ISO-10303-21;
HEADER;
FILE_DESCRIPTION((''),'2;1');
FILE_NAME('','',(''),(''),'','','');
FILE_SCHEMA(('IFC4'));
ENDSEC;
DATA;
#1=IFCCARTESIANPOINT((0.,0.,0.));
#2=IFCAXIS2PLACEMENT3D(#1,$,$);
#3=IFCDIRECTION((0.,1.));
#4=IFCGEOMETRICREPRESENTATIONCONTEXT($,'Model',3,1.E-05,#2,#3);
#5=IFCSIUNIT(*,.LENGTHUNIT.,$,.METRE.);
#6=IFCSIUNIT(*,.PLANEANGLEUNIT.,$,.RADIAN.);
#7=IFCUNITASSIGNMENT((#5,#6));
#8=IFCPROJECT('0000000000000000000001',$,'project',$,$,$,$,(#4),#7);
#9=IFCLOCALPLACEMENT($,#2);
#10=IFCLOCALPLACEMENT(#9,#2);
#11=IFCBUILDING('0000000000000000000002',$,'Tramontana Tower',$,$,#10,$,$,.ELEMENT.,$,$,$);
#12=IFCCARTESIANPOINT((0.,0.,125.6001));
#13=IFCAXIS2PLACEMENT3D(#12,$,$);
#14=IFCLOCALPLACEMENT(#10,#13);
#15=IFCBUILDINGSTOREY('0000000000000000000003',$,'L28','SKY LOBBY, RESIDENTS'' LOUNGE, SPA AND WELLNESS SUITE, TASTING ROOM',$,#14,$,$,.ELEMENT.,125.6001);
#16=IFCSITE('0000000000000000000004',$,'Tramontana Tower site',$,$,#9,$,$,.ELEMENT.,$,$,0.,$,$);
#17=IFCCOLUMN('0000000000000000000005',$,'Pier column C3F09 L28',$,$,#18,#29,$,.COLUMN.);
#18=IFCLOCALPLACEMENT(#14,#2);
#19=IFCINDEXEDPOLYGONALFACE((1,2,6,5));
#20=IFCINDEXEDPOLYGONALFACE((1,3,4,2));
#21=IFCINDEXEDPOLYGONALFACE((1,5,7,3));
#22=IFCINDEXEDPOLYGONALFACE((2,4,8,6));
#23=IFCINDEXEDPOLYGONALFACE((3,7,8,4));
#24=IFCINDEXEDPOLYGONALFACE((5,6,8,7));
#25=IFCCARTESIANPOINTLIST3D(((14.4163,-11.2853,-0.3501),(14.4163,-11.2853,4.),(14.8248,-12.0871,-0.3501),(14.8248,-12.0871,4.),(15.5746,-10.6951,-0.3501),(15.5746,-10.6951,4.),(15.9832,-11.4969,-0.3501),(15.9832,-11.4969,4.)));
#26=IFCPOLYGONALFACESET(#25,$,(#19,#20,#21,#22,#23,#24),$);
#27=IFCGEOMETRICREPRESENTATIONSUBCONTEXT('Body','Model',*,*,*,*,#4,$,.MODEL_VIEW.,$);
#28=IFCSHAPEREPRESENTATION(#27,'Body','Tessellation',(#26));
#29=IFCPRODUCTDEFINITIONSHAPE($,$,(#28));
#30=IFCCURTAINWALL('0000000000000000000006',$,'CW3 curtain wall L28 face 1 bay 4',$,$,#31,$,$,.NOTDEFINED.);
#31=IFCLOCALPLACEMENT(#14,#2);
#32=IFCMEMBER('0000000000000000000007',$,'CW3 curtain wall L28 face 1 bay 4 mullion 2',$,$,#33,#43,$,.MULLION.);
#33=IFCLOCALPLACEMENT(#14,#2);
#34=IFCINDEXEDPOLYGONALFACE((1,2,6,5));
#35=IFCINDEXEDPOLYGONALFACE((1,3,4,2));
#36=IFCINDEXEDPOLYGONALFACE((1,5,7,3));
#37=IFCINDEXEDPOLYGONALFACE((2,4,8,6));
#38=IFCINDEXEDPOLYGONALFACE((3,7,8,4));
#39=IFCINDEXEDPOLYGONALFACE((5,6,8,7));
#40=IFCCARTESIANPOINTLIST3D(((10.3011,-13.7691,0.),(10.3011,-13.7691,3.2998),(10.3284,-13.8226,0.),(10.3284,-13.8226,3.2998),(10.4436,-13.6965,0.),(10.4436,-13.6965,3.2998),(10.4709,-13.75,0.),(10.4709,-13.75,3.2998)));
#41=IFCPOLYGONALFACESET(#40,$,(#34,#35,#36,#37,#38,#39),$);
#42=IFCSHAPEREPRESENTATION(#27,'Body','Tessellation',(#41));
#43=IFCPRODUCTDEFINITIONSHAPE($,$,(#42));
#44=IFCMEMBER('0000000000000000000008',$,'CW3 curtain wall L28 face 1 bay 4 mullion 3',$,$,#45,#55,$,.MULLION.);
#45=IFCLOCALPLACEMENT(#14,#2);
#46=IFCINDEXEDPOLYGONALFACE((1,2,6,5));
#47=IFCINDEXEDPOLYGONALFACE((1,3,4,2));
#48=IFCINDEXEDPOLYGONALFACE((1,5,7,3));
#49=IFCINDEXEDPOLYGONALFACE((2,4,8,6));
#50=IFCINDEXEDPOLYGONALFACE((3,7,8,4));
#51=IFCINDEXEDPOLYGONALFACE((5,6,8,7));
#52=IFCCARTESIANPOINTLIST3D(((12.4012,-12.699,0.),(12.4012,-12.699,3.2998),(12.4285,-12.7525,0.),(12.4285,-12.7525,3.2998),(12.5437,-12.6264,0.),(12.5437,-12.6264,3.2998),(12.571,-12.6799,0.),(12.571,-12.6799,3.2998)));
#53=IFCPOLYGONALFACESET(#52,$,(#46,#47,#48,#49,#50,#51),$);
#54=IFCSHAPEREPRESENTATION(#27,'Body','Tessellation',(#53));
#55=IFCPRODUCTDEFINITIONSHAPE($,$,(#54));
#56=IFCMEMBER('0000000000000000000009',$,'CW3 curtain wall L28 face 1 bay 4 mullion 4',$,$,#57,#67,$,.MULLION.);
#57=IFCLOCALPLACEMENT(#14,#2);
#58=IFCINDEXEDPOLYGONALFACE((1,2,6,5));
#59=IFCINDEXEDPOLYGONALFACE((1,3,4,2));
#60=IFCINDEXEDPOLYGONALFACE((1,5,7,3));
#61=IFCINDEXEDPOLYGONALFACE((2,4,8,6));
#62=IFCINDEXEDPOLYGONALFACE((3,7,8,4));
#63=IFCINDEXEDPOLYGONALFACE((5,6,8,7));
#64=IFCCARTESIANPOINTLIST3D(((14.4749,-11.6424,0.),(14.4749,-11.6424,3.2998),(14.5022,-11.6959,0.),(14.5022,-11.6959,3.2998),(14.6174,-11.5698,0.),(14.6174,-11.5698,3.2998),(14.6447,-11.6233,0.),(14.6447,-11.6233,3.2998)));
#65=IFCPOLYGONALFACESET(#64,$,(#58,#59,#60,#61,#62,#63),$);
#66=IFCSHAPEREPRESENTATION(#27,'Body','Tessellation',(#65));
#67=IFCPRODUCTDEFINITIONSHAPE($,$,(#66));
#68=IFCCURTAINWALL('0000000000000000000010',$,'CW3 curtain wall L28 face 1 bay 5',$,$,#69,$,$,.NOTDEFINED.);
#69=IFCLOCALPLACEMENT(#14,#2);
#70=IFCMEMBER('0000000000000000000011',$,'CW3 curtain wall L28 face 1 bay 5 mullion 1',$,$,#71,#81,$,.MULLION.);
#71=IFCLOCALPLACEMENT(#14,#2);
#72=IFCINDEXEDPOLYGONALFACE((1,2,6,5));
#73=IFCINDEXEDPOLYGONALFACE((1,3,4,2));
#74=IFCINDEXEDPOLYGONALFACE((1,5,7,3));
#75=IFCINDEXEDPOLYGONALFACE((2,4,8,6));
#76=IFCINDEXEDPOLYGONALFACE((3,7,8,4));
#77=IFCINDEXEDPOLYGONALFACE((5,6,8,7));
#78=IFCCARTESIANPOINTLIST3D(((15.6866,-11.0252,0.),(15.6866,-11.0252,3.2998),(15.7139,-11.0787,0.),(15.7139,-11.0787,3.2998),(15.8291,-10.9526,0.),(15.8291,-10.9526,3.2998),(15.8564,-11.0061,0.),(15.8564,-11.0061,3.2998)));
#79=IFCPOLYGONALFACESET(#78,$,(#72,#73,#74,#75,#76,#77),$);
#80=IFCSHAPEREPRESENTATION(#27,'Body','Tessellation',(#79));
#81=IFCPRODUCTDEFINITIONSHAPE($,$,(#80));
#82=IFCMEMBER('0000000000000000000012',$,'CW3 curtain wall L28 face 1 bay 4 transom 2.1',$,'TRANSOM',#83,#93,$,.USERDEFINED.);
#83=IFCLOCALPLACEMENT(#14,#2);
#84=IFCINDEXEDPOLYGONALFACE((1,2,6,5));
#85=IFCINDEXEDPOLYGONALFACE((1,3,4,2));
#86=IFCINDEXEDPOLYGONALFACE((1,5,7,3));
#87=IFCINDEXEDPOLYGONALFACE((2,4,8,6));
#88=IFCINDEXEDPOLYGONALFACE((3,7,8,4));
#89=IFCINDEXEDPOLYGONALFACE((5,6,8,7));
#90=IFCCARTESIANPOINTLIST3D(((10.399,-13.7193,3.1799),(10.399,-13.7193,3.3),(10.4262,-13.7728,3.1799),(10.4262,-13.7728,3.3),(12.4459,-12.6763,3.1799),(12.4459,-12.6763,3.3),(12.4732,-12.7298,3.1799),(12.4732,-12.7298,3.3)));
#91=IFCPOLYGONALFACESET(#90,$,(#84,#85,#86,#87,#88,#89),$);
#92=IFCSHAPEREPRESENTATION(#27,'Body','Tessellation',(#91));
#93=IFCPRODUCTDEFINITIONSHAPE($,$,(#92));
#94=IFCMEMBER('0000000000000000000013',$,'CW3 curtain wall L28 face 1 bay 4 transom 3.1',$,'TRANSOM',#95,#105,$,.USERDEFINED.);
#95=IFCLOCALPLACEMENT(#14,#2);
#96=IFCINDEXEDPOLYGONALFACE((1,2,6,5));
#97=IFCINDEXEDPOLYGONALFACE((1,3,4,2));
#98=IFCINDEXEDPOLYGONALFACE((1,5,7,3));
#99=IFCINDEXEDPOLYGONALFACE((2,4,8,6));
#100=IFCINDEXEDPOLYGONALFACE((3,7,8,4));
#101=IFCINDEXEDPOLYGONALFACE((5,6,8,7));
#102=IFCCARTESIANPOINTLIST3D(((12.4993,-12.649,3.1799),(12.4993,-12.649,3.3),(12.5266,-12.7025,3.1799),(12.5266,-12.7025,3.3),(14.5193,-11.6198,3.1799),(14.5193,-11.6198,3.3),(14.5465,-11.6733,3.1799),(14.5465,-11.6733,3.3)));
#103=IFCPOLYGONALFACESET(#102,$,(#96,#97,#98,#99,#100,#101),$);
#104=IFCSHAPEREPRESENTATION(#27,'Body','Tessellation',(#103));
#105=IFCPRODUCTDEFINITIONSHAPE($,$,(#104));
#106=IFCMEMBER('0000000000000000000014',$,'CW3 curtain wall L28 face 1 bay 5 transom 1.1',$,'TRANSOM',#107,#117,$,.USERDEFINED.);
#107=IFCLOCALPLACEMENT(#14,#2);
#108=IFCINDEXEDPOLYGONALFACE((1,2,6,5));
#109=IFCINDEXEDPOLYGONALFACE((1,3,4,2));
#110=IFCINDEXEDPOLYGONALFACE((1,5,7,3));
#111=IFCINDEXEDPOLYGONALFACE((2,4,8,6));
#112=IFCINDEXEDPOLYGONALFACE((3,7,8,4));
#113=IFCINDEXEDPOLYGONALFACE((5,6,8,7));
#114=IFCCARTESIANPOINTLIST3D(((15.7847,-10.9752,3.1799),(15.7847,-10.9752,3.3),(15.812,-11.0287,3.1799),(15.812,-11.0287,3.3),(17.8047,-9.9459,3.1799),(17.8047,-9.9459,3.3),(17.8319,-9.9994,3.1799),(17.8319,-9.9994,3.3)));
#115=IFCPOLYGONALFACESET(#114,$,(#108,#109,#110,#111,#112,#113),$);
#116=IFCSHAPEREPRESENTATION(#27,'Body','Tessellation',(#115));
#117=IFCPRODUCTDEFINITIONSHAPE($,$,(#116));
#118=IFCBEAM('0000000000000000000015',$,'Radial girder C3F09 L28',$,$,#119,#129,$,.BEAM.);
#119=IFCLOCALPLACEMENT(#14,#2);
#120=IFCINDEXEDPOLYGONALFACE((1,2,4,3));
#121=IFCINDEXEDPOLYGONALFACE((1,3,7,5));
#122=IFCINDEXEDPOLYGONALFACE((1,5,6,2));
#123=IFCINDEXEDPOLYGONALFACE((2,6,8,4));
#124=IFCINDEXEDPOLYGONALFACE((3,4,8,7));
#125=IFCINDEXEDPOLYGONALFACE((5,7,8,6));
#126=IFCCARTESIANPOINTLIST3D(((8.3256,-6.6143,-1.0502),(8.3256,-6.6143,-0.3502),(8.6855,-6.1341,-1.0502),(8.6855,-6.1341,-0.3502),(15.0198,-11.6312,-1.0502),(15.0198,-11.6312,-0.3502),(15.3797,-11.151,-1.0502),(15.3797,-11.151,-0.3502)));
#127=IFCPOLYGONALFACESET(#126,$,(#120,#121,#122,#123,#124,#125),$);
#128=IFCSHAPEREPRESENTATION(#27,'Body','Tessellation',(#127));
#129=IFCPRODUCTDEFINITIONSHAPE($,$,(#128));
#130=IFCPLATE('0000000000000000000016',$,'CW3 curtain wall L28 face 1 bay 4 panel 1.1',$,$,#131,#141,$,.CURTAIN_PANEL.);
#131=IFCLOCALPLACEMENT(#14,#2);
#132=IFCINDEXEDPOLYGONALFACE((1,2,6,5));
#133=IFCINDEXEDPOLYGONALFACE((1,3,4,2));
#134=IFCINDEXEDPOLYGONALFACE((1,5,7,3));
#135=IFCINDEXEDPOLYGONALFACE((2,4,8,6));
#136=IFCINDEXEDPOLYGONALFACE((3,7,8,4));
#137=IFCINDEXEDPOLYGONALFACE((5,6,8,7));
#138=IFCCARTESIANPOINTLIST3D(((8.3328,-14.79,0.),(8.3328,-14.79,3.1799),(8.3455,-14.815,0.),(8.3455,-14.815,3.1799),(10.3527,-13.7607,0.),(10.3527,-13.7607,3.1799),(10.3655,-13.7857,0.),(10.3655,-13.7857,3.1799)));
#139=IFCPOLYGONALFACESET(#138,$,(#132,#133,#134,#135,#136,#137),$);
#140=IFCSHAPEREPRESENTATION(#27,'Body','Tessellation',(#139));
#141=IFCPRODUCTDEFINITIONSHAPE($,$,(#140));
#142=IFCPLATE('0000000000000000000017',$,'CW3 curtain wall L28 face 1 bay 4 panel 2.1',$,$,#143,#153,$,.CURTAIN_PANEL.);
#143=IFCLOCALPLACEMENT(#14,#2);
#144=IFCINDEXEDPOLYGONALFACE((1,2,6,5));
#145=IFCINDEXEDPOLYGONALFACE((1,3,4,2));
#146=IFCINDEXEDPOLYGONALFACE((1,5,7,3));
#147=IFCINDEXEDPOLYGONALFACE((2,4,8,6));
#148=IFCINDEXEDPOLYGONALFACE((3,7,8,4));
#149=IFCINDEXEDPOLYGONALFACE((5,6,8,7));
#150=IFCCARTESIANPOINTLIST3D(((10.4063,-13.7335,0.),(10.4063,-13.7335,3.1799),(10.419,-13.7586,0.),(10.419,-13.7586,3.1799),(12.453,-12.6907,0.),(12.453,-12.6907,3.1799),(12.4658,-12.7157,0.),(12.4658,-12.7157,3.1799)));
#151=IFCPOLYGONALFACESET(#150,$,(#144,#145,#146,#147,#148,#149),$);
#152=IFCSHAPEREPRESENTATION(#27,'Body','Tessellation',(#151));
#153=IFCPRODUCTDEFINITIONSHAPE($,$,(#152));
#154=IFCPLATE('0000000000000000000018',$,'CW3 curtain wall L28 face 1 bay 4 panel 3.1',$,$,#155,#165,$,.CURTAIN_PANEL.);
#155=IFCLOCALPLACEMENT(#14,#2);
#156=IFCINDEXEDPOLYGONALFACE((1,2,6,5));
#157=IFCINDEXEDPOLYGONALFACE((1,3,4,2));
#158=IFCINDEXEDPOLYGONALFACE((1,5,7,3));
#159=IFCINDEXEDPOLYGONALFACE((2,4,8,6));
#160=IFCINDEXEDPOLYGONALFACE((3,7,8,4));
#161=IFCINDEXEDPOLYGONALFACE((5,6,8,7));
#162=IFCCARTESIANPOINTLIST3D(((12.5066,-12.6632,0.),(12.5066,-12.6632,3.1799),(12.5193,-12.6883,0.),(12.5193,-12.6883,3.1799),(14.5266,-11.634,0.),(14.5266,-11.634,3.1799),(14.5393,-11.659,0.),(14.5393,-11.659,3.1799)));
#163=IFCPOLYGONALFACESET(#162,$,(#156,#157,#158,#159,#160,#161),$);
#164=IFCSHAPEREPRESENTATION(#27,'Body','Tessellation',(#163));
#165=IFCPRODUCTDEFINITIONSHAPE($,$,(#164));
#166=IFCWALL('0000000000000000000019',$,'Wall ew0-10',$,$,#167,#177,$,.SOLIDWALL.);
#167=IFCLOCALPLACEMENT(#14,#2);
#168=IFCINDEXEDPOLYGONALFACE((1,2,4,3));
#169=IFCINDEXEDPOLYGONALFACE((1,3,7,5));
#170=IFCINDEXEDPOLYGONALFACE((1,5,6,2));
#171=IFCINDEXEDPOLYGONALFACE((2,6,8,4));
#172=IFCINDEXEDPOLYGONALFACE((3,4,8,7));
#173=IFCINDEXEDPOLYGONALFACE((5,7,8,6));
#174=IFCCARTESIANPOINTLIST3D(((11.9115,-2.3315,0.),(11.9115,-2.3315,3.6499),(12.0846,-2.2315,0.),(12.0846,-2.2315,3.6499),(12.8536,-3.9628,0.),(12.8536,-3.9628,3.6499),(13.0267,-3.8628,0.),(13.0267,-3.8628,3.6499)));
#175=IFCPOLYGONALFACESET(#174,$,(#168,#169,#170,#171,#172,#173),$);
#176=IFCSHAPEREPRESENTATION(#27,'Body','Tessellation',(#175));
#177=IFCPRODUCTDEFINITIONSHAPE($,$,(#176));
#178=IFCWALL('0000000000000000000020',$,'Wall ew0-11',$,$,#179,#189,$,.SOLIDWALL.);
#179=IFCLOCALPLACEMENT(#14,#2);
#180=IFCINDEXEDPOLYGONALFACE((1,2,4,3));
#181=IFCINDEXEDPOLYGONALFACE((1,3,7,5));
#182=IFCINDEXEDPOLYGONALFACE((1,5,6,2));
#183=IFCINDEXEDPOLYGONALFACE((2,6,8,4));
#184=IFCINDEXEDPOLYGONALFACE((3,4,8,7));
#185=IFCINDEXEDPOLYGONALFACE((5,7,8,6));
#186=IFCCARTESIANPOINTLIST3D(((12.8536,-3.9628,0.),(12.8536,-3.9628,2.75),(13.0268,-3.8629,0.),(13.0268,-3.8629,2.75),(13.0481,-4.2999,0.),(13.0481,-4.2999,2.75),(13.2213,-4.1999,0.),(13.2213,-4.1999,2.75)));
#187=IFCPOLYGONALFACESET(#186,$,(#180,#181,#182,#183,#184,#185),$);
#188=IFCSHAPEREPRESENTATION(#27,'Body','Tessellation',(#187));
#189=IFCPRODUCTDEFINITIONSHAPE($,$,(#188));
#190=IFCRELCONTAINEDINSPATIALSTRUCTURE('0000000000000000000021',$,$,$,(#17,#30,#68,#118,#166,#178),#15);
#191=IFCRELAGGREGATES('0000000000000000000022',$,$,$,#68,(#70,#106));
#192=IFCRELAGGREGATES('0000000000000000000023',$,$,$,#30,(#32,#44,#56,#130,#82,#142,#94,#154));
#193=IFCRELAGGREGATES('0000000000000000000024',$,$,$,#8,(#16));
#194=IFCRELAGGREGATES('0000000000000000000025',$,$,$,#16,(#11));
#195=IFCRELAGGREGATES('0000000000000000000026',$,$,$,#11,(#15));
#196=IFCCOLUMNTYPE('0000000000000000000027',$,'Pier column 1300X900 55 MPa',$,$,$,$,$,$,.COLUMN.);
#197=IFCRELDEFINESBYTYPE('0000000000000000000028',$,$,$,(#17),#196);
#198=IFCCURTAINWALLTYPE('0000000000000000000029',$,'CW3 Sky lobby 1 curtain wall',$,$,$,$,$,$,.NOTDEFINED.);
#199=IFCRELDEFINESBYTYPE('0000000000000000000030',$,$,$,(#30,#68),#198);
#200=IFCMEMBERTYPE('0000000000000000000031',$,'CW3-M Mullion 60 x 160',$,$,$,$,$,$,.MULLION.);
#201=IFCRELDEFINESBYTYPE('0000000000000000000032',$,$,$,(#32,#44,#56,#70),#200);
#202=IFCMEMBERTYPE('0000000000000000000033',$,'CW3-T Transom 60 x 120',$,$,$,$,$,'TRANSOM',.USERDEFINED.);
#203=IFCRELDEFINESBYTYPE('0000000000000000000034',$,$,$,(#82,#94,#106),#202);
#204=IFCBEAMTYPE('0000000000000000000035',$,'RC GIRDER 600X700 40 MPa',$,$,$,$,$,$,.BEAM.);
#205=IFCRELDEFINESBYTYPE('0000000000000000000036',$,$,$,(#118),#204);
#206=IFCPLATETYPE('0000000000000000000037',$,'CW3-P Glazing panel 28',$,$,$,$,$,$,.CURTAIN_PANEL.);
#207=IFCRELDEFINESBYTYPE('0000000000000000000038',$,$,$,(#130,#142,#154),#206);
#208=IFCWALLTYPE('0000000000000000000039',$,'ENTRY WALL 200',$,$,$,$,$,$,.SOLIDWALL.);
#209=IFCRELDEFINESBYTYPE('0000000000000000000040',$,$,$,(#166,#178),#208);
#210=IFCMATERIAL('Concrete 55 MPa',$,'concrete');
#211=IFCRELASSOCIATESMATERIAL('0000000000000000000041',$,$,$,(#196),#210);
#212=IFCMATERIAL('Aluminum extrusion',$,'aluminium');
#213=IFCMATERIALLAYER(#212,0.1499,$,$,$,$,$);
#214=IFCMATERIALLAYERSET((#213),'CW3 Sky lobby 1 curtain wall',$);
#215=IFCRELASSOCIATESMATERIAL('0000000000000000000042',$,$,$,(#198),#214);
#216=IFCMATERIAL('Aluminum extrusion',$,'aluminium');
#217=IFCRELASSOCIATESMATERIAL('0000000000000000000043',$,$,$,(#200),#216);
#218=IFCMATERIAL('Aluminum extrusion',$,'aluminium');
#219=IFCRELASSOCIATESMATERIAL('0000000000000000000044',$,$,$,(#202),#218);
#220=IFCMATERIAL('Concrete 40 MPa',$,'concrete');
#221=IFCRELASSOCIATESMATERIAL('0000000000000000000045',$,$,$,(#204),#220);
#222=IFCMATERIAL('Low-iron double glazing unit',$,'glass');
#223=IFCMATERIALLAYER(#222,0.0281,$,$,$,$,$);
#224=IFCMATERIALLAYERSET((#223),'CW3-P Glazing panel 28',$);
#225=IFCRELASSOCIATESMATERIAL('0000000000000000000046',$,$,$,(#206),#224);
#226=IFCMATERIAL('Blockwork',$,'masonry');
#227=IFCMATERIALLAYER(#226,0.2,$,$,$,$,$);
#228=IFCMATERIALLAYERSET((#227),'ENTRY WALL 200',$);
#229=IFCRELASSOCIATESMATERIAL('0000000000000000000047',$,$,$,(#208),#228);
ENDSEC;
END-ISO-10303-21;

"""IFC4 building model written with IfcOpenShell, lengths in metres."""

from ifc_helpers import new_model, si_unit, direction, frame, frame_2d, origin, origin_2d, place, context, subcontext, project, spatial, rectangle, extrude, material, layer, layer_set, material_profile, profile_set, type_object, element, aggregate, save


model = new_model("IFC4")

# Units and contexts
model_context = context("Model", 3, precision=1e-05, world=origin(), true_north=direction((0.0, 1.0)))
body_context = subcontext(model_context, "Body", "Model", "MODEL_VIEW")
ifc_project = project(units=[si_unit("LENGTHUNIT", "METRE"), si_unit("PLANEANGLEUNIT", "RADIAN")], contexts=[model_context])

# Site, building, storey
site_placement = place(None, origin())
site = spatial("IfcSite", under=ifc_project, at=site_placement, Name="Tramontana Tower site", CompositionType="ELEMENT", RefElevation=0.0)
building_placement = place(site_placement, origin())
building = spatial("IfcBuilding", under=site, at=building_placement, Name="Tramontana Tower", CompositionType="ELEMENT")
storey_placement = place(building_placement, frame((0.0, 0.0, 125.6001)))
storey = spatial("IfcBuildingStorey", under=building, at=storey_placement, Name="L28", Description="SKY LOBBY, RESIDENTS' LOUNGE, SPA AND WELLNESS SUITE, TASTING ROOM", CompositionType="ELEMENT", Elevation=125.6001)

# Column
ifc_material_1 = material(Name="Concrete 55 MPa", Category="concrete")
ifc_material_profile_1 = material_profile(ifc_material_1, rectangle(XDim=1.3, YDim=0.8999, at=origin_2d()), Name="Pier column 1300X900 55 MPa")
ifc_profile_set_1 = profile_set([ifc_material_profile_1], Name="Concrete 55 MPa")
column_type = type_object("IfcColumnType", Name="Pier column 1300X900 55 MPa", PredefinedType="COLUMN", material=ifc_profile_set_1)
column_placement = place(storey_placement, frame((15.1997, -11.3911, -0.3501), z_axis=(0.0, 0.0, 1.0), x_axis=(0.891007, 0.45399, 0.0)))
element("IfcColumn", 1, at=column_placement, inside=storey, type_object=column_type, Name="Pier column C3F09 L28", PredefinedType="COLUMN", context=body_context, shape_type="SweptSolid", body=[
    extrude(rectangle(XDim=1.3, YDim=0.8999, at=origin_2d()), origin(), (0.0, 0.0, 1.0), 4.3501),
])

# Curtain wall, members
ifc_material_2 = material(Name="Aluminum extrusion", Category="aluminium")
ifc_layer_1 = layer(ifc_material_2, 0.1499)
ifc_layer_set_1 = layer_set([ifc_layer_1], Name="CW3 Sky lobby 1 curtain wall")
curtain_wall_type = type_object("IfcCurtainWallType", Name="CW3 Sky lobby 1 curtain wall", PredefinedType="NOTDEFINED", material=ifc_layer_set_1)
curtain_wall_1_placement = place(storey_placement, origin())
curtain_wall_1 = element("IfcCurtainWall", 2, at=curtain_wall_1_placement, inside=storey, type_object=curtain_wall_type, Name="CW3 curtain wall L28 face 1 bay 4", PredefinedType="NOTDEFINED")
ifc_material_3 = material(Name="Aluminum extrusion", Category="aluminium")
ifc_material_profile_2 = material_profile(ifc_material_3, rectangle(XDim=0.0601, YDim=0.1599, at=origin_2d()), Name="CW3-M Mullion 60 x 160")
ifc_profile_set_2 = profile_set([ifc_material_profile_2], Name="Aluminum extrusion")
member_type_1 = type_object("IfcMemberType", Name="CW3-M Mullion 60 x 160", PredefinedType="MULLION", material=ifc_profile_set_2)
member_1_placement = place(storey_placement, frame((10.386, -13.7595, 0.0), z_axis=(0.0, 0.0, 1.0), x_axis=(-0.45399, 0.891007, 0.0)))
member_1 = element("IfcMember", 3, at=member_1_placement, type_object=member_type_1, Name="CW3 curtain wall L28 face 1 bay 4 mullion 2", PredefinedType="MULLION", context=body_context, shape_type="SweptSolid", body=[
    extrude(rectangle(XDim=0.0601, YDim=0.1599, at=origin_2d()), origin(), (0.0, 0.0, 1.0), 3.2998),
])
member_2_placement = place(storey_placement, frame((12.4861, -12.6895, 0.0), z_axis=(0.0, 0.0, 1.0), x_axis=(-0.45399, 0.891007, 0.0)))
member_2 = element("IfcMember", 4, at=member_2_placement, type_object=member_type_1, Name="CW3 curtain wall L28 face 1 bay 4 mullion 3", PredefinedType="MULLION", context=body_context, shape_type="SweptSolid", body=[
    extrude(rectangle(XDim=0.0601, YDim=0.1599, at=origin_2d()), origin(), (0.0, 0.0, 1.0), 3.2998),
])
member_3_placement = place(storey_placement, frame((14.5598, -11.6328, 0.0), z_axis=(0.0, 0.0, 1.0), x_axis=(-0.45399, 0.891007, 0.0)))
member_3 = element("IfcMember", 5, at=member_3_placement, type_object=member_type_1, Name="CW3 curtain wall L28 face 1 bay 4 mullion 4", PredefinedType="MULLION", context=body_context, shape_type="SweptSolid", body=[
    extrude(rectangle(XDim=0.0601, YDim=0.1599, at=origin_2d()), origin(), (0.0, 0.0, 1.0), 3.2998),
])

# Curtain wall, member
curtain_wall_2_placement = place(storey_placement, origin())
curtain_wall_2 = element("IfcCurtainWall", 6, at=curtain_wall_2_placement, inside=storey, type_object=curtain_wall_type, Name="CW3 curtain wall L28 face 1 bay 5", PredefinedType="NOTDEFINED")
member_4_placement = place(storey_placement, frame((15.7715, -11.0156, 0.0), z_axis=(0.0, 0.0, 1.0), x_axis=(-0.45399, 0.891007, 0.0)))
member_4 = element("IfcMember", 7, at=member_4_placement, type_object=member_type_1, Name="CW3 curtain wall L28 face 1 bay 5 mullion 1", PredefinedType="MULLION", context=body_context, shape_type="SweptSolid", body=[
    extrude(rectangle(XDim=0.0601, YDim=0.1599, at=origin_2d()), origin(), (0.0, 0.0, 1.0), 3.2998),
])

# Members
ifc_material_4 = material(Name="Aluminum extrusion", Category="aluminium")
ifc_material_profile_3 = material_profile(ifc_material_4, rectangle(XDim=0.0601, YDim=0.1201, at=origin_2d()), Name="CW3-T Transom 60 x 120")
ifc_profile_set_3 = profile_set([ifc_material_profile_3], Name="Aluminum extrusion")
member_type_2 = type_object("IfcMemberType", Name="CW3-T Transom 60 x 120", ElementType="TRANSOM", PredefinedType="USERDEFINED", material=ifc_profile_set_3)
member_5_placement = place(storey_placement, frame((10.4126, -13.7461, 3.24), z_axis=(0.891001, 0.454002, 0.0), x_axis=(-0.454002, 0.891001, 0.0)))
member_5 = element("IfcMember", 8, at=member_5_placement, type_object=member_type_2, Name="CW3 curtain wall L28 face 1 bay 4 transom 2.1", ObjectType="TRANSOM", PredefinedType="USERDEFINED", context=body_context, shape_type="SweptSolid", body=[
    extrude(rectangle(XDim=0.0601, YDim=0.1201, at=origin_2d()), origin(), (0.0, 0.0, 1.0), 2.2974),
])
member_6_placement = place(storey_placement, frame((12.5129, -12.6758, 3.24), z_axis=(0.890998, 0.454006, 0.0), x_axis=(-0.454006, 0.890998, 0.0)))
member_6 = element("IfcMember", 9, at=member_6_placement, type_object=member_type_2, Name="CW3 curtain wall L28 face 1 bay 4 transom 3.1", ObjectType="TRANSOM", PredefinedType="USERDEFINED", context=body_context, shape_type="SweptSolid", body=[
    extrude(rectangle(XDim=0.0601, YDim=0.1201, at=origin_2d()), origin(), (0.0, 0.0, 1.0), 2.2671),
])
member_7_placement = place(storey_placement, frame((15.7983, -11.002, 3.24), z_axis=(0.890998, 0.454006, 0.0), x_axis=(-0.454006, 0.890998, 0.0)))
member_7 = element("IfcMember", 10, at=member_7_placement, type_object=member_type_2, Name="CW3 curtain wall L28 face 1 bay 5 transom 1.1", ObjectType="TRANSOM", PredefinedType="USERDEFINED", context=body_context, shape_type="SweptSolid", body=[
    extrude(rectangle(XDim=0.0601, YDim=0.1201, at=origin_2d()), origin(), (0.0, 0.0, 1.0), 2.2671),
])
aggregate(curtain_wall_2, [member_4, member_7])

# Beam
ifc_material_5 = material(Name="Concrete 40 MPa", Category="concrete")
ifc_material_profile_4 = material_profile(ifc_material_5, rectangle(XDim=0.6001, YDim=0.7, at=origin_2d()), Name="RC GIRDER 600X700 40 MPa")
ifc_profile_set_4 = profile_set([ifc_material_profile_4], Name="Concrete 40 MPa")
beam_type = type_object("IfcBeamType", Name="RC GIRDER 600X700 40 MPa", PredefinedType="BEAM", material=ifc_profile_set_4)
beam_placement = place(storey_placement, frame((15.1997, -11.3911, -0.7002), z_axis=(-0.800214, 0.599715, 0.0), x_axis=(-0.599715, -0.800214, 0.0)))
element("IfcBeam", 11, at=beam_placement, inside=storey, type_object=beam_type, Name="Radial girder C3F09 L28", PredefinedType="BEAM", context=body_context, shape_type="SweptSolid", body=[
    extrude(rectangle(XDim=0.6001, YDim=0.7, at=origin_2d()), origin(), (0.0, 0.0, 1.0), 8.3655),
])

# Plates
ifc_material_6 = material(Name="Low-iron double glazing unit", Category="glass")
ifc_layer_2 = layer(ifc_material_6, 0.0281)
ifc_layer_set_2 = layer_set([ifc_layer_2], Name="CW3-P Glazing panel 28")
plate_type = type_object("IfcPlateType", Name="CW3-P Glazing panel 28", PredefinedType="CURTAIN_PANEL", material=ifc_layer_set_2)
plate_1_placement = place(storey_placement, frame((9.3491, -14.2878, 0.0), z_axis=(0.0, 0.0, 1.0), x_axis=(0.891007, 0.45399, 0.0)))
plate_1 = element("IfcPlate", 12, at=plate_1_placement, type_object=plate_type, Name="CW3 curtain wall L28 face 1 bay 4 panel 1.1", PredefinedType="CURTAIN_PANEL", context=body_context, shape_type="SweptSolid", body=[
    extrude(rectangle(XDim=2.2671, YDim=0.0281, at=origin_2d()), origin(), (0.0, 0.0, 1.0), 3.1799),
])
plate_2_placement = place(storey_placement, frame((11.436, -13.2246, 0.0), z_axis=(0.0, 0.0, 1.0), x_axis=(0.891007, 0.45399, 0.0)))
plate_2 = element("IfcPlate", 13, at=plate_2_placement, type_object=plate_type, Name="CW3 curtain wall L28 face 1 bay 4 panel 2.1", PredefinedType="CURTAIN_PANEL", context=body_context, shape_type="SweptSolid", body=[
    extrude(rectangle(XDim=2.2971, YDim=0.0281, at=origin_2d()), origin(), (0.0, 0.0, 1.0), 3.1799),
])
plate_3_placement = place(storey_placement, frame((13.5229, -12.1611, 0.0), z_axis=(0.0, 0.0, 1.0), x_axis=(0.891007, 0.45399, 0.0)))
plate_3 = element("IfcPlate", 14, at=plate_3_placement, type_object=plate_type, Name="CW3 curtain wall L28 face 1 bay 4 panel 3.1", PredefinedType="CURTAIN_PANEL", context=body_context, shape_type="SweptSolid", body=[
    extrude(rectangle(XDim=2.2671, YDim=0.0281, at=origin_2d()), origin(), (0.0, 0.0, 1.0), 3.1799),
])
aggregate(curtain_wall_1, [member_1, member_2, member_3, plate_1, member_5, plate_2, member_6, plate_3])

# Shared definitions
ifc_material_7 = material(Name="Blockwork", Category="masonry")
ifc_layer_3 = layer(ifc_material_7, 0.2)
ifc_layer_set_3 = layer_set([ifc_layer_3], Name="ENTRY WALL 200")
wall_type_1 = type_object("IfcWallType", Name="ENTRY WALL 200", PredefinedType="SOLIDWALL", material=ifc_layer_set_3)

# Walls
wall_1_placement = place(storey_placement, frame((11.998, -2.2815, 0.0), z_axis=(0.0, 0.0, 1.0), x_axis=(0.500111, -0.865961, 0.0)))
element("IfcWall", 15, at=wall_1_placement, inside=storey, type_object=wall_type_1, Name="Wall ew0-10", PredefinedType="SOLIDWALL", context=body_context, shape_type="SweptSolid", body=[
    extrude(rectangle(XDim=1.8838, YDim=0.2, at=frame_2d((0.9419, 0.0))), origin(), (0.0, 0.0, 1.0), 3.6499),
])
wall_2_placement = place(storey_placement, frame((12.9402, -3.9128, 0.0), z_axis=(0.0, 0.0, 1.0), x_axis=(0.499849, -0.866112, 0.0)))
element("IfcWall", 16, at=wall_2_placement, inside=storey, type_object=wall_type_1, Name="Wall ew0-11", PredefinedType="SOLIDWALL", context=body_context, shape_type="SweptSolid", body=[
    extrude(rectangle(XDim=0.3892, YDim=0.2, at=frame_2d((0.1946, 0.0))), origin(), (0.0, 0.0, 1.0), 2.75),
])

save(model, "model.ifc")
